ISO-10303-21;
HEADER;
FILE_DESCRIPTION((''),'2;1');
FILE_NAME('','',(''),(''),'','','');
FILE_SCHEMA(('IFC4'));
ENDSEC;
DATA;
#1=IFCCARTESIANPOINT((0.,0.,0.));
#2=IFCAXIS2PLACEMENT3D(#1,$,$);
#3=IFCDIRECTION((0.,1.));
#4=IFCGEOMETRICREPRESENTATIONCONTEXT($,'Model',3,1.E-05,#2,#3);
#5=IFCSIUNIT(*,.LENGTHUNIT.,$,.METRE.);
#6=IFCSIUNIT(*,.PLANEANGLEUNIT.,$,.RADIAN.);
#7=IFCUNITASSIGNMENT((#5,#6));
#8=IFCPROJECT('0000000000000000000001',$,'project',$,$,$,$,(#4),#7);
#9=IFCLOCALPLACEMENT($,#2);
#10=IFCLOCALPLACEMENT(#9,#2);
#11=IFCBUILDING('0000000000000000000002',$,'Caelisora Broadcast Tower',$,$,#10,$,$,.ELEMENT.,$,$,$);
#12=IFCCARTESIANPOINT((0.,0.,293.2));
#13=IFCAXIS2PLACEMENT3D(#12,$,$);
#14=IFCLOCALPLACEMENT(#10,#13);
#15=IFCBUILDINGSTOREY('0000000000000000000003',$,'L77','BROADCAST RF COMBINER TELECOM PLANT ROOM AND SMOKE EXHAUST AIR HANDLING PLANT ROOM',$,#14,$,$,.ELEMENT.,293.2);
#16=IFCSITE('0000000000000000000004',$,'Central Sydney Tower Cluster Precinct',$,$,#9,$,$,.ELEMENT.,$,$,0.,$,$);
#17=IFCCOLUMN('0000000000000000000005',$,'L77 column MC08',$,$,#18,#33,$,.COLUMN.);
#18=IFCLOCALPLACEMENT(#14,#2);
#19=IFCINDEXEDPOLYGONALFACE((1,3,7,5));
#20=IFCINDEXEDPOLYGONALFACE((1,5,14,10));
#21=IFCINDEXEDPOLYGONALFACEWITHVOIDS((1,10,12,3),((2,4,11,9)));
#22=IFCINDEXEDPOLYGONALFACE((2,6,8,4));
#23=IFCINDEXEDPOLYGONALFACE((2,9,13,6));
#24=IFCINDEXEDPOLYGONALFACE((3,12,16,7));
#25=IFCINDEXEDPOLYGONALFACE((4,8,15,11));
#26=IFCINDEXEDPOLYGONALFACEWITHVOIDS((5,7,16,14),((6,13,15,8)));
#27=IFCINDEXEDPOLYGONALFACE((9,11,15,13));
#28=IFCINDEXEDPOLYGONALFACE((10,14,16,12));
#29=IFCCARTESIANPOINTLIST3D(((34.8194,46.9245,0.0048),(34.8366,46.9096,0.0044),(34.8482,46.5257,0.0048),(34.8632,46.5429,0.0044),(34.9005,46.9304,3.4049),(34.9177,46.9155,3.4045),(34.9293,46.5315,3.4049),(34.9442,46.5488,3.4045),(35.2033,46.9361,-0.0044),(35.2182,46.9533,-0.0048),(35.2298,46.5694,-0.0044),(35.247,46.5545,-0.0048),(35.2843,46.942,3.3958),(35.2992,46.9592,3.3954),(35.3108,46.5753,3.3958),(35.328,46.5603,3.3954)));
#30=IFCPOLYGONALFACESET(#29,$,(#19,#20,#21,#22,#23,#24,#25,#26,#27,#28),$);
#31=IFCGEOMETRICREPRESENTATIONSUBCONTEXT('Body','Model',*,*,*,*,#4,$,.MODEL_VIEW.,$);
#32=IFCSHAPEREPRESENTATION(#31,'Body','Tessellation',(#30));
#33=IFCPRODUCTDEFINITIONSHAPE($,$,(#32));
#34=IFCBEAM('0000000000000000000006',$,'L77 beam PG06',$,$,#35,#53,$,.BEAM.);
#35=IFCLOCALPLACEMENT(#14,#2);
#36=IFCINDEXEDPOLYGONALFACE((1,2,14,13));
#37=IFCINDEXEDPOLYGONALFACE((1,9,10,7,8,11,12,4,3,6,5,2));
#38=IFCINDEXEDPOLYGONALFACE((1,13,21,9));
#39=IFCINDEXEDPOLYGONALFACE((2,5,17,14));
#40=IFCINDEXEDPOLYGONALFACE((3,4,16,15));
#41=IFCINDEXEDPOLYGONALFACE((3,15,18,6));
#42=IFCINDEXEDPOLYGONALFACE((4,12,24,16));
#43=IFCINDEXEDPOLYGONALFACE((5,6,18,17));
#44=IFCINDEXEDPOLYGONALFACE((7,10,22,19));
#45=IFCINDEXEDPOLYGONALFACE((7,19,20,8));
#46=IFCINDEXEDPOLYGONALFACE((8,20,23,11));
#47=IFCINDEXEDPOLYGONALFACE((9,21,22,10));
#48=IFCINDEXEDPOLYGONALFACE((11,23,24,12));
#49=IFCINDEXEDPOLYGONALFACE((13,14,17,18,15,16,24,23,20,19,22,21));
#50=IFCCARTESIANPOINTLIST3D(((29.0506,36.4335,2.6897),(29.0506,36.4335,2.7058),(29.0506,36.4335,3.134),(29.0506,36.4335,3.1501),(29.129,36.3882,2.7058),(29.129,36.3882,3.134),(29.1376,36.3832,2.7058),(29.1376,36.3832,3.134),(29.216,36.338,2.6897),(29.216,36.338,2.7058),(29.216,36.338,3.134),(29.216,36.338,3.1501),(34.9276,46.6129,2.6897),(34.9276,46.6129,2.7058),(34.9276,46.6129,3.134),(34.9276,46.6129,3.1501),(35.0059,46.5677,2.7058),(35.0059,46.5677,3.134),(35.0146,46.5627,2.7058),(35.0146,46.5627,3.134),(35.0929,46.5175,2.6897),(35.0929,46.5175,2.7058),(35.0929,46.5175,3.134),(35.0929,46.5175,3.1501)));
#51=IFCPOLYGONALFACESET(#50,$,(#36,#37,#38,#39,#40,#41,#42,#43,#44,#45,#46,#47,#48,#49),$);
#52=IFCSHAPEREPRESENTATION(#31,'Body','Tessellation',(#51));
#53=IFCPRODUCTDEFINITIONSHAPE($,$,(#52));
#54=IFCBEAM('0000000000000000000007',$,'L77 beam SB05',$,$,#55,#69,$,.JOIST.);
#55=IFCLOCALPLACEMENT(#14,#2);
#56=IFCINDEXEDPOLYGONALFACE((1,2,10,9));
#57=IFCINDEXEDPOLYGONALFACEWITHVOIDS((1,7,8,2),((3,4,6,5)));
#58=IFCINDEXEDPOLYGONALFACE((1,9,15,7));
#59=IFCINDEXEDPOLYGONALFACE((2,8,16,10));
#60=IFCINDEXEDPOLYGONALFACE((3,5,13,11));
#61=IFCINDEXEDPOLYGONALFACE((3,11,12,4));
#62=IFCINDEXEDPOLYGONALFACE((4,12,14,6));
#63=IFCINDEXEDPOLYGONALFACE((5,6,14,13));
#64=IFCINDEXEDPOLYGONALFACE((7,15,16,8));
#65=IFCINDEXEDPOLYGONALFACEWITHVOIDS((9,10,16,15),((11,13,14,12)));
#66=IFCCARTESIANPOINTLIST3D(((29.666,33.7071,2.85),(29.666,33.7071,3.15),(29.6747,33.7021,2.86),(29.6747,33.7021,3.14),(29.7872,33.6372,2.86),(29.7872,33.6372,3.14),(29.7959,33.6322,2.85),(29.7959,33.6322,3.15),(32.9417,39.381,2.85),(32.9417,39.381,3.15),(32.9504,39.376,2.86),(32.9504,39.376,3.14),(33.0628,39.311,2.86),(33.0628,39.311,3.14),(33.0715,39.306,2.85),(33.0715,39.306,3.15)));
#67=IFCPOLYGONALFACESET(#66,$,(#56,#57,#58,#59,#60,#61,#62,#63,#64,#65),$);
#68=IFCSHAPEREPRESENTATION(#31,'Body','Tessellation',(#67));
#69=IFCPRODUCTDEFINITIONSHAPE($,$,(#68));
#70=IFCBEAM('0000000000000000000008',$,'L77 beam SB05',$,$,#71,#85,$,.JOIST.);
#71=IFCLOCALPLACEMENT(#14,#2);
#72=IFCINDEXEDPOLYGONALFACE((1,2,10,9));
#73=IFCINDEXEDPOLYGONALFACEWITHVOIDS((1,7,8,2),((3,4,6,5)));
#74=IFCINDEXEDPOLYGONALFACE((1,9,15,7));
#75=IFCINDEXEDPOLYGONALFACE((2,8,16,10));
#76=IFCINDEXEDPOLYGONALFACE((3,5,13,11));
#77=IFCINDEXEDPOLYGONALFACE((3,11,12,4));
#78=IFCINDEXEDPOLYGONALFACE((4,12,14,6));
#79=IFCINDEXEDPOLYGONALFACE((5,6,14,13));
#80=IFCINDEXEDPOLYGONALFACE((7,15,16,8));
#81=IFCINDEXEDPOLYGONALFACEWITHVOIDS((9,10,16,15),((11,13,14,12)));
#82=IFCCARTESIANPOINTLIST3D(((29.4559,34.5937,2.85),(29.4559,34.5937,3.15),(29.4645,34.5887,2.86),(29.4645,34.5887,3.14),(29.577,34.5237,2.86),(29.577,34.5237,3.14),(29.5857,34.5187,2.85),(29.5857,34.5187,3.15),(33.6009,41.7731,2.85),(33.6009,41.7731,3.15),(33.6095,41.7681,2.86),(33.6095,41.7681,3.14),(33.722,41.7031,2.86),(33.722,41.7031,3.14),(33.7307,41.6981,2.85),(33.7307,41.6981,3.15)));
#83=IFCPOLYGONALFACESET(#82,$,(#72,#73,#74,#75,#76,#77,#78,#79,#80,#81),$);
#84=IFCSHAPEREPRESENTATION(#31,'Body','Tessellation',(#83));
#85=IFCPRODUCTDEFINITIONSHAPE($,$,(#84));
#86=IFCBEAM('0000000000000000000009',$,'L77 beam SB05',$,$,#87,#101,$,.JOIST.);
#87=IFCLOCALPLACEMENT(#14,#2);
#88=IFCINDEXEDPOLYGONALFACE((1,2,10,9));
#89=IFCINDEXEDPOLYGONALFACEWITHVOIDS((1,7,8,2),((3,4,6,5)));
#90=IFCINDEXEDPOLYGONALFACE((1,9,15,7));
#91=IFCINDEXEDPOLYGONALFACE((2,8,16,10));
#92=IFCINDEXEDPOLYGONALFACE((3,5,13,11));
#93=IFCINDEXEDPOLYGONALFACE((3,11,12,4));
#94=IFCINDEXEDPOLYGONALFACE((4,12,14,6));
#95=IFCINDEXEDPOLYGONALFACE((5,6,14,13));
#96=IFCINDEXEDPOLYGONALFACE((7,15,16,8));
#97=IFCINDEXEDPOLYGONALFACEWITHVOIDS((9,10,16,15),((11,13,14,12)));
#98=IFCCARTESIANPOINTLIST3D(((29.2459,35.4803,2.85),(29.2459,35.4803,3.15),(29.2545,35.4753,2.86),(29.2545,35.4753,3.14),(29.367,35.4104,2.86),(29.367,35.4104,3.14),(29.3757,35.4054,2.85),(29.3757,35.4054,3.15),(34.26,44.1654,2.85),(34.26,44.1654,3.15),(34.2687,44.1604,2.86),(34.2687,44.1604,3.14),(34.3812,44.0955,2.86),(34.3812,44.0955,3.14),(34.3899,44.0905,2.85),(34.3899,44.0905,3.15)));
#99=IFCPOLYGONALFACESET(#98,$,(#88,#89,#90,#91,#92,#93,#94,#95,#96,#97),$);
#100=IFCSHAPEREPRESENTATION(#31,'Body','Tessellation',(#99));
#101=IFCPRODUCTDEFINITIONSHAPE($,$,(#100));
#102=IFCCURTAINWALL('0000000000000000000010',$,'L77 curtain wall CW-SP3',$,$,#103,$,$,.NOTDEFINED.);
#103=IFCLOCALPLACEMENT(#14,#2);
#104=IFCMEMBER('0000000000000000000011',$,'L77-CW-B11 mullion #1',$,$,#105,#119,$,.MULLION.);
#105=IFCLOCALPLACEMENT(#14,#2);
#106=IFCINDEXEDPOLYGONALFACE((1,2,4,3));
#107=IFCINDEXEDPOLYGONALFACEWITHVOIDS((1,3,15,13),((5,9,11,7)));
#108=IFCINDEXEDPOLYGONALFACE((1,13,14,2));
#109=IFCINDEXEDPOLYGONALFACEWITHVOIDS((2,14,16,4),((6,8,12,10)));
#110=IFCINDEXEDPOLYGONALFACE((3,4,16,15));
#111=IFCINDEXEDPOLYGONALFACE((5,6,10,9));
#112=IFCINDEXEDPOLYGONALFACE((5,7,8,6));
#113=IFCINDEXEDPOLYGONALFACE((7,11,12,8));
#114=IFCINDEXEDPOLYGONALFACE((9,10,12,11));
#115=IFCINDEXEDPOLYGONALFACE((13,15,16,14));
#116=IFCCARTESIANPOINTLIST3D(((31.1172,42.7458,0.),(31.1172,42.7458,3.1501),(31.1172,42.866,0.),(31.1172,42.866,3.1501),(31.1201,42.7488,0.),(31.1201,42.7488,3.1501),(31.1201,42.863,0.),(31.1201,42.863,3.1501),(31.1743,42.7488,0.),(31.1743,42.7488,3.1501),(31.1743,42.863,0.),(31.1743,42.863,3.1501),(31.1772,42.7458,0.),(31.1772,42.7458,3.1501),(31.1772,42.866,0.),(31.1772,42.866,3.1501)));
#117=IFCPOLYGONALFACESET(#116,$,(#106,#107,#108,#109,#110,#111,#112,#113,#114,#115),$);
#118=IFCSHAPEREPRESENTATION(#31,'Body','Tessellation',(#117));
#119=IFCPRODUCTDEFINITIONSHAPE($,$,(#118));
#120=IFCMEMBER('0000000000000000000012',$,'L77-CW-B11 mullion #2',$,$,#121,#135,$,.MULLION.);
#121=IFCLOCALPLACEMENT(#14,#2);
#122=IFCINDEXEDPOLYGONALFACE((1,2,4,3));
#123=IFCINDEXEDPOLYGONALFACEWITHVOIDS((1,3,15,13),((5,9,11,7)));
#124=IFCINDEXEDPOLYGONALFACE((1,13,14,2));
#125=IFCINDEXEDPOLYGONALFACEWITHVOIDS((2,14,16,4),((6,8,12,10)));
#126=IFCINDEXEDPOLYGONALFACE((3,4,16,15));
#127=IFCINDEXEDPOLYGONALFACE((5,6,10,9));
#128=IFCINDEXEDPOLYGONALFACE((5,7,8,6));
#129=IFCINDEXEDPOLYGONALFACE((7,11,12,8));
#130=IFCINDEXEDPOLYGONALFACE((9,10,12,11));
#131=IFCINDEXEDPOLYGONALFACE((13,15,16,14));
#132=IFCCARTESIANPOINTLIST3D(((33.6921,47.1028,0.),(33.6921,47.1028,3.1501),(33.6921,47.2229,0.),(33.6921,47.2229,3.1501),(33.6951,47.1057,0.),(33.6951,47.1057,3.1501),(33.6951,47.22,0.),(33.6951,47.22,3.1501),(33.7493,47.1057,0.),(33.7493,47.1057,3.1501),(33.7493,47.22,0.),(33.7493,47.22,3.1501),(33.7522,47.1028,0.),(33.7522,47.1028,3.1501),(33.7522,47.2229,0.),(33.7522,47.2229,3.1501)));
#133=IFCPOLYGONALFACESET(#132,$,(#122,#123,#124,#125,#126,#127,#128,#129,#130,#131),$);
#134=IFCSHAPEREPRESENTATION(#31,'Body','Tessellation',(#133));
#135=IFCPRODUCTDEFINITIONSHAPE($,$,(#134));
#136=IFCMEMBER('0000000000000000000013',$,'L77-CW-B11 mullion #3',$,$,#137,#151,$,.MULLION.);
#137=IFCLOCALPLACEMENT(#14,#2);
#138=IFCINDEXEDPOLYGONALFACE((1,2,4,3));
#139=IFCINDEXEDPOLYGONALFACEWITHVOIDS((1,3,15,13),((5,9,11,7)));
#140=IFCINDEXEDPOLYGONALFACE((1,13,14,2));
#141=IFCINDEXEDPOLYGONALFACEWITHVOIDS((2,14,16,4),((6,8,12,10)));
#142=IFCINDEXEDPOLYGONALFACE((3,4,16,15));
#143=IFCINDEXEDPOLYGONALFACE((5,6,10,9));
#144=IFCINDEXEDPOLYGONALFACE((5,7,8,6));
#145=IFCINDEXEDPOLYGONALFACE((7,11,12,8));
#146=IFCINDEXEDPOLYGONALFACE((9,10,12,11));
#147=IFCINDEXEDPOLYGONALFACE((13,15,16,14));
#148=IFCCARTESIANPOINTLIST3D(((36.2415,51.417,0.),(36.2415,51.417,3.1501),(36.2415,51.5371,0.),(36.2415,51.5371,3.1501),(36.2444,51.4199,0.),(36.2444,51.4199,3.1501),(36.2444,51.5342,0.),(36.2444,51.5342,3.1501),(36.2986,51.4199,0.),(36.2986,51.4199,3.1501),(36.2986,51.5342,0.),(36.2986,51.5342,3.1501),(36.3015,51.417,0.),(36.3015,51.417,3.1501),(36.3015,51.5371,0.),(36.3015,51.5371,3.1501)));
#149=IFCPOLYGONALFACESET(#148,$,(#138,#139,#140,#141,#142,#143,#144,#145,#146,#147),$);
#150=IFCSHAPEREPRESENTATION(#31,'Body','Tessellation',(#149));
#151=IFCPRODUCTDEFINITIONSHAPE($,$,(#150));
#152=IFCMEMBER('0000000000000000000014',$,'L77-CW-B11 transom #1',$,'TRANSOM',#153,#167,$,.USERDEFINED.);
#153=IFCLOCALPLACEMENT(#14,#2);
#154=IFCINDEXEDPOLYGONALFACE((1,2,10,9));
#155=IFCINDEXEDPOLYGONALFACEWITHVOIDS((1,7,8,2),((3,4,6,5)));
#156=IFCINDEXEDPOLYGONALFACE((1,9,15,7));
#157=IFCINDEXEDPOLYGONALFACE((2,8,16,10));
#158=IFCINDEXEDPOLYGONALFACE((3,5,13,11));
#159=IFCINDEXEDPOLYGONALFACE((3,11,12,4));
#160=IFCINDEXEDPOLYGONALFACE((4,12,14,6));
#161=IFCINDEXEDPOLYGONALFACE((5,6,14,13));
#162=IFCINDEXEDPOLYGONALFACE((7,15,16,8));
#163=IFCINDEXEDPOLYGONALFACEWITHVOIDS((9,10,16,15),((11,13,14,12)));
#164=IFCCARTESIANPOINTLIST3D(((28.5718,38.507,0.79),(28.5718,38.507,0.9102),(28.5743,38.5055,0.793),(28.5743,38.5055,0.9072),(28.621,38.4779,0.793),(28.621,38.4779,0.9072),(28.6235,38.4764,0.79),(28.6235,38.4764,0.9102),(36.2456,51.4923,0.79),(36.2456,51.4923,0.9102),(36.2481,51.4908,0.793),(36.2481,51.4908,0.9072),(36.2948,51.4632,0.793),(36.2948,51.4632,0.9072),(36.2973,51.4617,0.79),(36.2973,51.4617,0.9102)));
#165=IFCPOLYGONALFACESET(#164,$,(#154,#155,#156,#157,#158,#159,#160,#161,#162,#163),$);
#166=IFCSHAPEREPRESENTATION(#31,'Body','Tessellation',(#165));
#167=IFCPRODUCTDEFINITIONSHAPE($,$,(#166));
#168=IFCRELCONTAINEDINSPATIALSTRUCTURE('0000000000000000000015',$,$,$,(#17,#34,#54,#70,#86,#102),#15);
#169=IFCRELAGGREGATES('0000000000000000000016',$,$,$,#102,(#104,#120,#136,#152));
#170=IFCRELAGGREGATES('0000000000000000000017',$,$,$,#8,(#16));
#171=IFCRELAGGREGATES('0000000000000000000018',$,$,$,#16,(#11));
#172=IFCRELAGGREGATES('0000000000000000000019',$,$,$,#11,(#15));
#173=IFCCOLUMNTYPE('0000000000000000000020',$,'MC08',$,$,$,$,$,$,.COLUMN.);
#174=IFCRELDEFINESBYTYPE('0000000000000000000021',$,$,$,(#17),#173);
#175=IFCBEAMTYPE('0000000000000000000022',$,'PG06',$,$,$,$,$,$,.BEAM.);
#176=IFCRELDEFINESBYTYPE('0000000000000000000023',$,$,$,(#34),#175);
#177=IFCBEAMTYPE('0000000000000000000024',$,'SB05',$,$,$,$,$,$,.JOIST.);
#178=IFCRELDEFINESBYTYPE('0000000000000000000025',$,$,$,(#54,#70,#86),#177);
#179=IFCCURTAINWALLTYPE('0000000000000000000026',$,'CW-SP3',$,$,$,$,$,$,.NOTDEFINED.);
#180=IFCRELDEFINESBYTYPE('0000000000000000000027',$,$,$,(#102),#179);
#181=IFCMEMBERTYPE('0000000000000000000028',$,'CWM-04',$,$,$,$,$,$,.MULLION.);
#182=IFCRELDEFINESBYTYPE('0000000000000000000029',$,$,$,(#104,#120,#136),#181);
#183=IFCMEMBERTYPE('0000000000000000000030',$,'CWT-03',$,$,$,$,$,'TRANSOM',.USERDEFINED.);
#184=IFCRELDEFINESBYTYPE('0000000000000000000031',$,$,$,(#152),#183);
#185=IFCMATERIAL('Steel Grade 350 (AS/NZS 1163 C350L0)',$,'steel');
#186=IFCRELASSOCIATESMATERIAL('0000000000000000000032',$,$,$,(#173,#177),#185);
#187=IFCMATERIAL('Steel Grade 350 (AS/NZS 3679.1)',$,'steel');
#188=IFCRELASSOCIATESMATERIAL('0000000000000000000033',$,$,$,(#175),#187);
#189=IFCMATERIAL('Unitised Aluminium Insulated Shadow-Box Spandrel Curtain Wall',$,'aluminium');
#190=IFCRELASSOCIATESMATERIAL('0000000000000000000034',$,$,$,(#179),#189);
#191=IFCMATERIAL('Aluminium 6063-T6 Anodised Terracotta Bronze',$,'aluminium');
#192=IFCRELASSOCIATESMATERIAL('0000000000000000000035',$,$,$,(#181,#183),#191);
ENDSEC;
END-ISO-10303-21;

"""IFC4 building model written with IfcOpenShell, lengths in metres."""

from ifc_helpers import new_model, si_unit, direction, frame, origin, origin_2d, place, context, subcontext, project, spatial, hollow_rectangle, i_section, extrude, source, transform, mapped, material, material_profile, profile_set, type_object, type_shapes, element, aggregate, save


model = new_model("IFC4")

# Units and contexts
model_context = context("Model", 3, precision=1e-05, world=origin(), true_north=direction((0.0, 1.0)))
body_context = subcontext(model_context, "Body", "Model", "MODEL_VIEW")
ifc_project = project(units=[si_unit("LENGTHUNIT", "METRE"), si_unit("PLANEANGLEUNIT", "RADIAN")], contexts=[model_context])

# Site, building, storey
site_placement = place(None, origin())
site = spatial("IfcSite", under=ifc_project, at=site_placement, Name="Central Sydney Tower Cluster Precinct", CompositionType="ELEMENT", RefElevation=0.0)
building_placement = place(site_placement, origin())
building = spatial("IfcBuilding", under=site, at=building_placement, Name="Caelisora Broadcast Tower", CompositionType="ELEMENT")
storey_placement = place(building_placement, frame((0.0, 0.0, 293.2)))
storey = spatial("IfcBuildingStorey", under=building, at=storey_placement, Name="L77", Description="BROADCAST RF COMBINER TELECOM PLANT ROOM AND SMOKE EXHAUST AIR HANDLING PLANT ROOM", CompositionType="ELEMENT", Elevation=293.2)

# Column
ifc_material_1 = material(Name="Steel Grade 350 (AS/NZS 1163 C350L0)", Category="steel")
ifc_material_profile_1 = material_profile(ifc_material_1, hollow_rectangle(XDim=0.3999, YDim=0.3999, WallThickness=0.0161, at=origin_2d()), Name="Steel Grade 350 (AS/NZS 1163 C350L0)")
ifc_profile_set_1 = profile_set([ifc_material_profile_1], Name="Steel Grade 350 (AS/NZS 1163 C350L0)")
column_type = type_object("IfcColumnType", Name="MC08", PredefinedType="COLUMN", material=ifc_profile_set_1)
shared_shape_1 = source(origin(), body_context, "Body", "SweptSolid", [
    extrude(hollow_rectangle(XDim=0.3999, YDim=0.3999, WallThickness=0.0161, at=origin_2d()), origin(), (0.0, 0.0, 1.0), 3.4011),
])
type_shapes(column_type, [shared_shape_1])
column_placement = place(storey_placement, frame((35.0332, 46.7395, 0.0), z_axis=(0.023832, 0.001723, 0.999714), x_axis=(-0.072101, 0.997397, 0.0)))
element("IfcColumn", 1, at=column_placement, inside=storey, type_object=column_type, Name="L77 column MC08", PredefinedType="COLUMN", context=body_context, shape_type="MappedRepresentation", body=[
    mapped(shared_shape_1, transform((0.0, 0.0, 0.0), scale=1.0)),
])

# Beams
ifc_material_2 = material(Name="Steel Grade 350 (AS/NZS 3679.1)", Category="steel")
ifc_material_profile_2 = material_profile(ifc_material_2, i_section(OverallWidth=0.1909, OverallDepth=0.4604, WebThickness=0.01, FlangeThickness=0.0161, at=origin_2d()), Name="Steel Grade 350 (AS/NZS 3679.1)")
ifc_profile_set_2 = profile_set([ifc_material_profile_2], Name="Steel Grade 350 (AS/NZS 3679.1)")
beam_type_1 = type_object("IfcBeamType", Name="PG06", PredefinedType="BEAM", material=ifc_profile_set_2)
shared_shape_2 = source(origin(), body_context, "Body", "SweptSolid", [
    extrude(i_section(OverallWidth=0.1909, OverallDepth=0.4604, WebThickness=0.01, FlangeThickness=0.0161, at=origin_2d()), origin(), (0.0, 0.0, 1.0), 11.7542),
])
type_shapes(beam_type_1, [shared_shape_2])
beam_1_placement = place(storey_placement, frame((35.0103, 46.5652, 2.9199), z_axis=(-0.49999, -0.866031, 0.0), x_axis=(0.866031, -0.49999, 0.0)))
element("IfcBeam", 2, at=beam_1_placement, inside=storey, type_object=beam_type_1, Name="L77 beam PG06", PredefinedType="BEAM", context=body_context, shape_type="MappedRepresentation", body=[
    mapped(shared_shape_2, transform((0.0, 0.0, 0.0), scale=1.0)),
])
ifc_material_profile_3 = material_profile(ifc_material_1, hollow_rectangle(XDim=0.1499, YDim=0.3, WallThickness=0.01, at=origin_2d()), Name="Steel Grade 350 (AS/NZS 1163 C350L0)")
ifc_profile_set_3 = profile_set([ifc_material_profile_3], Name="Steel Grade 350 (AS/NZS 1163 C350L0)")
beam_type_2 = type_object("IfcBeamType", Name="SB05", PredefinedType="JOIST", material=ifc_profile_set_3)
shared_shape_3 = source(origin(), body_context, "Body", "SweptSolid", [
    extrude(hollow_rectangle(XDim=0.1499, YDim=0.3, WallThickness=0.01, at=origin_2d()), origin(), (0.0, 0.0, 1.0), 6.5515),
])
beam_2_placement = place(storey_placement, frame((33.0066, 39.3435, 3.0), z_axis=(-0.499983, -0.866035, 0.0), x_axis=(0.866035, -0.499983, 0.0)))
element("IfcBeam", 3, at=beam_2_placement, inside=storey, type_object=beam_type_2, Name="L77 beam SB05", PredefinedType="JOIST", context=body_context, shape_type="MappedRepresentation", body=[
    mapped(shared_shape_3, transform((0.0, 0.0, 0.0), scale=1.0)),
])
shared_shape_4 = source(origin(), body_context, "Body", "SweptSolid", [
    extrude(hollow_rectangle(XDim=0.1499, YDim=0.3, WallThickness=0.01, at=origin_2d()), origin(), (0.0, 0.0, 1.0), 8.29),
])
beam_3_placement = place(storey_placement, frame((33.6658, 41.7356, 3.0), z_axis=(-0.499997, -0.866027, 0.0), x_axis=(0.866027, -0.499997, 0.0)))
element("IfcBeam", 4, at=beam_3_placement, inside=storey, type_object=beam_type_2, Name="L77 beam SB05", PredefinedType="JOIST", context=body_context, shape_type="MappedRepresentation", body=[
    mapped(shared_shape_4, transform((0.0, 0.0, 0.0), scale=1.0)),
])
shared_shape_5 = source(origin(), body_context, "Body", "SweptSolid", [
    extrude(hollow_rectangle(XDim=0.1499, YDim=0.3, WallThickness=0.01, at=origin_2d()), origin(), (0.0, 0.0, 1.0), 10.0286),
])
type_shapes(beam_type_2, [shared_shape_3, shared_shape_4, shared_shape_5])
beam_4_placement = place(storey_placement, frame((34.325, 44.1279, 3.0), z_axis=(-0.499988, -0.866032, 0.0), x_axis=(0.866032, -0.499988, 0.0)))
element("IfcBeam", 5, at=beam_4_placement, inside=storey, type_object=beam_type_2, Name="L77 beam SB05", PredefinedType="JOIST", context=body_context, shape_type="MappedRepresentation", body=[
    mapped(shared_shape_5, transform((0.0, 0.0, 0.0), scale=1.0)),
])

# Curtain wall, members
ifc_material_3 = material(Name="Unitised Aluminium Insulated Shadow-Box Spandrel Curtain Wall", Category="aluminium")
curtain_wall_type = type_object("IfcCurtainWallType", Name="CW-SP3", PredefinedType="NOTDEFINED", material=ifc_material_3)
curtain_wall_placement = place(storey_placement, origin())
curtain_wall = element("IfcCurtainWall", 6, at=curtain_wall_placement, inside=storey, type_object=curtain_wall_type, Name="L77 curtain wall CW-SP3", PredefinedType="NOTDEFINED")
ifc_material_4 = material(Name="Aluminium 6063-T6 Anodised Terracotta Bronze", Category="aluminium")
ifc_material_profile_4 = material_profile(ifc_material_4, hollow_rectangle(XDim=0.0601, YDim=0.1201, WallThickness=0.0029, at=origin_2d()), Name="Aluminium 6063-T6 Anodised Terracotta Bronze")
ifc_profile_set_4 = profile_set([ifc_material_profile_4], Name="Aluminium 6063-T6 Anodised Terracotta Bronze")
member_type_1 = type_object("IfcMemberType", Name="CWM-04", PredefinedType="MULLION", material=ifc_profile_set_4)
shared_shape_6 = source(origin(), body_context, "Body", "SweptSolid", [
    extrude(hollow_rectangle(XDim=0.0601, YDim=0.1201, WallThickness=0.0029, at=origin_2d()), origin(), (0.0, 0.0, 1.0), 3.1501),
])
type_shapes(member_type_1, [shared_shape_6])
member_1_placement = place(storey_placement, frame((31.1472, 42.8059, 0.0), z_axis=(0.0, 0.0, 1.0), x_axis=(1.0, 0.0, 0.0)))
member_1 = element("IfcMember", 7, at=member_1_placement, type_object=member_type_1, Name="L77-CW-B11 mullion #1", PredefinedType="MULLION", context=body_context, shape_type="MappedRepresentation", body=[
    mapped(shared_shape_6, transform((0.0, 0.0, 0.0), scale=1.0)),
])
member_2_placement = place(storey_placement, frame((33.7222, 47.1628, 0.0), z_axis=(0.0, 0.0, 1.0), x_axis=(1.0, 0.0, 0.0)))
member_2 = element("IfcMember", 8, at=member_2_placement, type_object=member_type_1, Name="L77-CW-B11 mullion #2", PredefinedType="MULLION", context=body_context, shape_type="MappedRepresentation", body=[
    mapped(shared_shape_6, transform((0.0, 0.0, 0.0), scale=1.0)),
])
member_3_placement = place(storey_placement, frame((36.2715, 51.4771, 0.0), z_axis=(0.0, 0.0, 1.0), x_axis=(1.0, 0.0, 0.0)))
member_3 = element("IfcMember", 9, at=member_3_placement, type_object=member_type_1, Name="L77-CW-B11 mullion #3", PredefinedType="MULLION", context=body_context, shape_type="MappedRepresentation", body=[
    mapped(shared_shape_6, transform((0.0, 0.0, 0.0), scale=1.0)),
])
ifc_material_profile_5 = material_profile(ifc_material_4, hollow_rectangle(XDim=0.0601, YDim=0.1201, WallThickness=0.0029, at=origin_2d()), Name="Aluminium 6063-T6 Anodised Terracotta Bronze")
ifc_profile_set_5 = profile_set([ifc_material_profile_5], Name="Aluminium 6063-T6 Anodised Terracotta Bronze")
member_type_2 = type_object("IfcMemberType", Name="CWT-03", ElementType="TRANSOM", PredefinedType="USERDEFINED", material=ifc_profile_set_5)
shared_shape_7 = source(origin(), body_context, "Body", "SweptSolid", [
    extrude(hollow_rectangle(XDim=0.0601, YDim=0.1201, WallThickness=0.0029, at=origin_2d()), origin(), (0.0, 0.0, 1.0), 15.0833),
])
type_shapes(member_type_2, [shared_shape_7])
member_4_placement = place(storey_placement, frame((28.5977, 38.4917, 0.8501), z_axis=(0.508762, 0.860907, 0.0), x_axis=(-0.860907, 0.508762, 0.0)))
member_4 = element("IfcMember", 10, at=member_4_placement, type_object=member_type_2, Name="L77-CW-B11 transom #1", ObjectType="TRANSOM", PredefinedType="USERDEFINED", context=body_context, shape_type="MappedRepresentation", body=[
    mapped(shared_shape_7, transform((0.0, 0.0, 0.0), scale=1.0)),
])

aggregate(curtain_wall, [member_1, member_2, member_3, member_4])

save(model, "model.ifc")
